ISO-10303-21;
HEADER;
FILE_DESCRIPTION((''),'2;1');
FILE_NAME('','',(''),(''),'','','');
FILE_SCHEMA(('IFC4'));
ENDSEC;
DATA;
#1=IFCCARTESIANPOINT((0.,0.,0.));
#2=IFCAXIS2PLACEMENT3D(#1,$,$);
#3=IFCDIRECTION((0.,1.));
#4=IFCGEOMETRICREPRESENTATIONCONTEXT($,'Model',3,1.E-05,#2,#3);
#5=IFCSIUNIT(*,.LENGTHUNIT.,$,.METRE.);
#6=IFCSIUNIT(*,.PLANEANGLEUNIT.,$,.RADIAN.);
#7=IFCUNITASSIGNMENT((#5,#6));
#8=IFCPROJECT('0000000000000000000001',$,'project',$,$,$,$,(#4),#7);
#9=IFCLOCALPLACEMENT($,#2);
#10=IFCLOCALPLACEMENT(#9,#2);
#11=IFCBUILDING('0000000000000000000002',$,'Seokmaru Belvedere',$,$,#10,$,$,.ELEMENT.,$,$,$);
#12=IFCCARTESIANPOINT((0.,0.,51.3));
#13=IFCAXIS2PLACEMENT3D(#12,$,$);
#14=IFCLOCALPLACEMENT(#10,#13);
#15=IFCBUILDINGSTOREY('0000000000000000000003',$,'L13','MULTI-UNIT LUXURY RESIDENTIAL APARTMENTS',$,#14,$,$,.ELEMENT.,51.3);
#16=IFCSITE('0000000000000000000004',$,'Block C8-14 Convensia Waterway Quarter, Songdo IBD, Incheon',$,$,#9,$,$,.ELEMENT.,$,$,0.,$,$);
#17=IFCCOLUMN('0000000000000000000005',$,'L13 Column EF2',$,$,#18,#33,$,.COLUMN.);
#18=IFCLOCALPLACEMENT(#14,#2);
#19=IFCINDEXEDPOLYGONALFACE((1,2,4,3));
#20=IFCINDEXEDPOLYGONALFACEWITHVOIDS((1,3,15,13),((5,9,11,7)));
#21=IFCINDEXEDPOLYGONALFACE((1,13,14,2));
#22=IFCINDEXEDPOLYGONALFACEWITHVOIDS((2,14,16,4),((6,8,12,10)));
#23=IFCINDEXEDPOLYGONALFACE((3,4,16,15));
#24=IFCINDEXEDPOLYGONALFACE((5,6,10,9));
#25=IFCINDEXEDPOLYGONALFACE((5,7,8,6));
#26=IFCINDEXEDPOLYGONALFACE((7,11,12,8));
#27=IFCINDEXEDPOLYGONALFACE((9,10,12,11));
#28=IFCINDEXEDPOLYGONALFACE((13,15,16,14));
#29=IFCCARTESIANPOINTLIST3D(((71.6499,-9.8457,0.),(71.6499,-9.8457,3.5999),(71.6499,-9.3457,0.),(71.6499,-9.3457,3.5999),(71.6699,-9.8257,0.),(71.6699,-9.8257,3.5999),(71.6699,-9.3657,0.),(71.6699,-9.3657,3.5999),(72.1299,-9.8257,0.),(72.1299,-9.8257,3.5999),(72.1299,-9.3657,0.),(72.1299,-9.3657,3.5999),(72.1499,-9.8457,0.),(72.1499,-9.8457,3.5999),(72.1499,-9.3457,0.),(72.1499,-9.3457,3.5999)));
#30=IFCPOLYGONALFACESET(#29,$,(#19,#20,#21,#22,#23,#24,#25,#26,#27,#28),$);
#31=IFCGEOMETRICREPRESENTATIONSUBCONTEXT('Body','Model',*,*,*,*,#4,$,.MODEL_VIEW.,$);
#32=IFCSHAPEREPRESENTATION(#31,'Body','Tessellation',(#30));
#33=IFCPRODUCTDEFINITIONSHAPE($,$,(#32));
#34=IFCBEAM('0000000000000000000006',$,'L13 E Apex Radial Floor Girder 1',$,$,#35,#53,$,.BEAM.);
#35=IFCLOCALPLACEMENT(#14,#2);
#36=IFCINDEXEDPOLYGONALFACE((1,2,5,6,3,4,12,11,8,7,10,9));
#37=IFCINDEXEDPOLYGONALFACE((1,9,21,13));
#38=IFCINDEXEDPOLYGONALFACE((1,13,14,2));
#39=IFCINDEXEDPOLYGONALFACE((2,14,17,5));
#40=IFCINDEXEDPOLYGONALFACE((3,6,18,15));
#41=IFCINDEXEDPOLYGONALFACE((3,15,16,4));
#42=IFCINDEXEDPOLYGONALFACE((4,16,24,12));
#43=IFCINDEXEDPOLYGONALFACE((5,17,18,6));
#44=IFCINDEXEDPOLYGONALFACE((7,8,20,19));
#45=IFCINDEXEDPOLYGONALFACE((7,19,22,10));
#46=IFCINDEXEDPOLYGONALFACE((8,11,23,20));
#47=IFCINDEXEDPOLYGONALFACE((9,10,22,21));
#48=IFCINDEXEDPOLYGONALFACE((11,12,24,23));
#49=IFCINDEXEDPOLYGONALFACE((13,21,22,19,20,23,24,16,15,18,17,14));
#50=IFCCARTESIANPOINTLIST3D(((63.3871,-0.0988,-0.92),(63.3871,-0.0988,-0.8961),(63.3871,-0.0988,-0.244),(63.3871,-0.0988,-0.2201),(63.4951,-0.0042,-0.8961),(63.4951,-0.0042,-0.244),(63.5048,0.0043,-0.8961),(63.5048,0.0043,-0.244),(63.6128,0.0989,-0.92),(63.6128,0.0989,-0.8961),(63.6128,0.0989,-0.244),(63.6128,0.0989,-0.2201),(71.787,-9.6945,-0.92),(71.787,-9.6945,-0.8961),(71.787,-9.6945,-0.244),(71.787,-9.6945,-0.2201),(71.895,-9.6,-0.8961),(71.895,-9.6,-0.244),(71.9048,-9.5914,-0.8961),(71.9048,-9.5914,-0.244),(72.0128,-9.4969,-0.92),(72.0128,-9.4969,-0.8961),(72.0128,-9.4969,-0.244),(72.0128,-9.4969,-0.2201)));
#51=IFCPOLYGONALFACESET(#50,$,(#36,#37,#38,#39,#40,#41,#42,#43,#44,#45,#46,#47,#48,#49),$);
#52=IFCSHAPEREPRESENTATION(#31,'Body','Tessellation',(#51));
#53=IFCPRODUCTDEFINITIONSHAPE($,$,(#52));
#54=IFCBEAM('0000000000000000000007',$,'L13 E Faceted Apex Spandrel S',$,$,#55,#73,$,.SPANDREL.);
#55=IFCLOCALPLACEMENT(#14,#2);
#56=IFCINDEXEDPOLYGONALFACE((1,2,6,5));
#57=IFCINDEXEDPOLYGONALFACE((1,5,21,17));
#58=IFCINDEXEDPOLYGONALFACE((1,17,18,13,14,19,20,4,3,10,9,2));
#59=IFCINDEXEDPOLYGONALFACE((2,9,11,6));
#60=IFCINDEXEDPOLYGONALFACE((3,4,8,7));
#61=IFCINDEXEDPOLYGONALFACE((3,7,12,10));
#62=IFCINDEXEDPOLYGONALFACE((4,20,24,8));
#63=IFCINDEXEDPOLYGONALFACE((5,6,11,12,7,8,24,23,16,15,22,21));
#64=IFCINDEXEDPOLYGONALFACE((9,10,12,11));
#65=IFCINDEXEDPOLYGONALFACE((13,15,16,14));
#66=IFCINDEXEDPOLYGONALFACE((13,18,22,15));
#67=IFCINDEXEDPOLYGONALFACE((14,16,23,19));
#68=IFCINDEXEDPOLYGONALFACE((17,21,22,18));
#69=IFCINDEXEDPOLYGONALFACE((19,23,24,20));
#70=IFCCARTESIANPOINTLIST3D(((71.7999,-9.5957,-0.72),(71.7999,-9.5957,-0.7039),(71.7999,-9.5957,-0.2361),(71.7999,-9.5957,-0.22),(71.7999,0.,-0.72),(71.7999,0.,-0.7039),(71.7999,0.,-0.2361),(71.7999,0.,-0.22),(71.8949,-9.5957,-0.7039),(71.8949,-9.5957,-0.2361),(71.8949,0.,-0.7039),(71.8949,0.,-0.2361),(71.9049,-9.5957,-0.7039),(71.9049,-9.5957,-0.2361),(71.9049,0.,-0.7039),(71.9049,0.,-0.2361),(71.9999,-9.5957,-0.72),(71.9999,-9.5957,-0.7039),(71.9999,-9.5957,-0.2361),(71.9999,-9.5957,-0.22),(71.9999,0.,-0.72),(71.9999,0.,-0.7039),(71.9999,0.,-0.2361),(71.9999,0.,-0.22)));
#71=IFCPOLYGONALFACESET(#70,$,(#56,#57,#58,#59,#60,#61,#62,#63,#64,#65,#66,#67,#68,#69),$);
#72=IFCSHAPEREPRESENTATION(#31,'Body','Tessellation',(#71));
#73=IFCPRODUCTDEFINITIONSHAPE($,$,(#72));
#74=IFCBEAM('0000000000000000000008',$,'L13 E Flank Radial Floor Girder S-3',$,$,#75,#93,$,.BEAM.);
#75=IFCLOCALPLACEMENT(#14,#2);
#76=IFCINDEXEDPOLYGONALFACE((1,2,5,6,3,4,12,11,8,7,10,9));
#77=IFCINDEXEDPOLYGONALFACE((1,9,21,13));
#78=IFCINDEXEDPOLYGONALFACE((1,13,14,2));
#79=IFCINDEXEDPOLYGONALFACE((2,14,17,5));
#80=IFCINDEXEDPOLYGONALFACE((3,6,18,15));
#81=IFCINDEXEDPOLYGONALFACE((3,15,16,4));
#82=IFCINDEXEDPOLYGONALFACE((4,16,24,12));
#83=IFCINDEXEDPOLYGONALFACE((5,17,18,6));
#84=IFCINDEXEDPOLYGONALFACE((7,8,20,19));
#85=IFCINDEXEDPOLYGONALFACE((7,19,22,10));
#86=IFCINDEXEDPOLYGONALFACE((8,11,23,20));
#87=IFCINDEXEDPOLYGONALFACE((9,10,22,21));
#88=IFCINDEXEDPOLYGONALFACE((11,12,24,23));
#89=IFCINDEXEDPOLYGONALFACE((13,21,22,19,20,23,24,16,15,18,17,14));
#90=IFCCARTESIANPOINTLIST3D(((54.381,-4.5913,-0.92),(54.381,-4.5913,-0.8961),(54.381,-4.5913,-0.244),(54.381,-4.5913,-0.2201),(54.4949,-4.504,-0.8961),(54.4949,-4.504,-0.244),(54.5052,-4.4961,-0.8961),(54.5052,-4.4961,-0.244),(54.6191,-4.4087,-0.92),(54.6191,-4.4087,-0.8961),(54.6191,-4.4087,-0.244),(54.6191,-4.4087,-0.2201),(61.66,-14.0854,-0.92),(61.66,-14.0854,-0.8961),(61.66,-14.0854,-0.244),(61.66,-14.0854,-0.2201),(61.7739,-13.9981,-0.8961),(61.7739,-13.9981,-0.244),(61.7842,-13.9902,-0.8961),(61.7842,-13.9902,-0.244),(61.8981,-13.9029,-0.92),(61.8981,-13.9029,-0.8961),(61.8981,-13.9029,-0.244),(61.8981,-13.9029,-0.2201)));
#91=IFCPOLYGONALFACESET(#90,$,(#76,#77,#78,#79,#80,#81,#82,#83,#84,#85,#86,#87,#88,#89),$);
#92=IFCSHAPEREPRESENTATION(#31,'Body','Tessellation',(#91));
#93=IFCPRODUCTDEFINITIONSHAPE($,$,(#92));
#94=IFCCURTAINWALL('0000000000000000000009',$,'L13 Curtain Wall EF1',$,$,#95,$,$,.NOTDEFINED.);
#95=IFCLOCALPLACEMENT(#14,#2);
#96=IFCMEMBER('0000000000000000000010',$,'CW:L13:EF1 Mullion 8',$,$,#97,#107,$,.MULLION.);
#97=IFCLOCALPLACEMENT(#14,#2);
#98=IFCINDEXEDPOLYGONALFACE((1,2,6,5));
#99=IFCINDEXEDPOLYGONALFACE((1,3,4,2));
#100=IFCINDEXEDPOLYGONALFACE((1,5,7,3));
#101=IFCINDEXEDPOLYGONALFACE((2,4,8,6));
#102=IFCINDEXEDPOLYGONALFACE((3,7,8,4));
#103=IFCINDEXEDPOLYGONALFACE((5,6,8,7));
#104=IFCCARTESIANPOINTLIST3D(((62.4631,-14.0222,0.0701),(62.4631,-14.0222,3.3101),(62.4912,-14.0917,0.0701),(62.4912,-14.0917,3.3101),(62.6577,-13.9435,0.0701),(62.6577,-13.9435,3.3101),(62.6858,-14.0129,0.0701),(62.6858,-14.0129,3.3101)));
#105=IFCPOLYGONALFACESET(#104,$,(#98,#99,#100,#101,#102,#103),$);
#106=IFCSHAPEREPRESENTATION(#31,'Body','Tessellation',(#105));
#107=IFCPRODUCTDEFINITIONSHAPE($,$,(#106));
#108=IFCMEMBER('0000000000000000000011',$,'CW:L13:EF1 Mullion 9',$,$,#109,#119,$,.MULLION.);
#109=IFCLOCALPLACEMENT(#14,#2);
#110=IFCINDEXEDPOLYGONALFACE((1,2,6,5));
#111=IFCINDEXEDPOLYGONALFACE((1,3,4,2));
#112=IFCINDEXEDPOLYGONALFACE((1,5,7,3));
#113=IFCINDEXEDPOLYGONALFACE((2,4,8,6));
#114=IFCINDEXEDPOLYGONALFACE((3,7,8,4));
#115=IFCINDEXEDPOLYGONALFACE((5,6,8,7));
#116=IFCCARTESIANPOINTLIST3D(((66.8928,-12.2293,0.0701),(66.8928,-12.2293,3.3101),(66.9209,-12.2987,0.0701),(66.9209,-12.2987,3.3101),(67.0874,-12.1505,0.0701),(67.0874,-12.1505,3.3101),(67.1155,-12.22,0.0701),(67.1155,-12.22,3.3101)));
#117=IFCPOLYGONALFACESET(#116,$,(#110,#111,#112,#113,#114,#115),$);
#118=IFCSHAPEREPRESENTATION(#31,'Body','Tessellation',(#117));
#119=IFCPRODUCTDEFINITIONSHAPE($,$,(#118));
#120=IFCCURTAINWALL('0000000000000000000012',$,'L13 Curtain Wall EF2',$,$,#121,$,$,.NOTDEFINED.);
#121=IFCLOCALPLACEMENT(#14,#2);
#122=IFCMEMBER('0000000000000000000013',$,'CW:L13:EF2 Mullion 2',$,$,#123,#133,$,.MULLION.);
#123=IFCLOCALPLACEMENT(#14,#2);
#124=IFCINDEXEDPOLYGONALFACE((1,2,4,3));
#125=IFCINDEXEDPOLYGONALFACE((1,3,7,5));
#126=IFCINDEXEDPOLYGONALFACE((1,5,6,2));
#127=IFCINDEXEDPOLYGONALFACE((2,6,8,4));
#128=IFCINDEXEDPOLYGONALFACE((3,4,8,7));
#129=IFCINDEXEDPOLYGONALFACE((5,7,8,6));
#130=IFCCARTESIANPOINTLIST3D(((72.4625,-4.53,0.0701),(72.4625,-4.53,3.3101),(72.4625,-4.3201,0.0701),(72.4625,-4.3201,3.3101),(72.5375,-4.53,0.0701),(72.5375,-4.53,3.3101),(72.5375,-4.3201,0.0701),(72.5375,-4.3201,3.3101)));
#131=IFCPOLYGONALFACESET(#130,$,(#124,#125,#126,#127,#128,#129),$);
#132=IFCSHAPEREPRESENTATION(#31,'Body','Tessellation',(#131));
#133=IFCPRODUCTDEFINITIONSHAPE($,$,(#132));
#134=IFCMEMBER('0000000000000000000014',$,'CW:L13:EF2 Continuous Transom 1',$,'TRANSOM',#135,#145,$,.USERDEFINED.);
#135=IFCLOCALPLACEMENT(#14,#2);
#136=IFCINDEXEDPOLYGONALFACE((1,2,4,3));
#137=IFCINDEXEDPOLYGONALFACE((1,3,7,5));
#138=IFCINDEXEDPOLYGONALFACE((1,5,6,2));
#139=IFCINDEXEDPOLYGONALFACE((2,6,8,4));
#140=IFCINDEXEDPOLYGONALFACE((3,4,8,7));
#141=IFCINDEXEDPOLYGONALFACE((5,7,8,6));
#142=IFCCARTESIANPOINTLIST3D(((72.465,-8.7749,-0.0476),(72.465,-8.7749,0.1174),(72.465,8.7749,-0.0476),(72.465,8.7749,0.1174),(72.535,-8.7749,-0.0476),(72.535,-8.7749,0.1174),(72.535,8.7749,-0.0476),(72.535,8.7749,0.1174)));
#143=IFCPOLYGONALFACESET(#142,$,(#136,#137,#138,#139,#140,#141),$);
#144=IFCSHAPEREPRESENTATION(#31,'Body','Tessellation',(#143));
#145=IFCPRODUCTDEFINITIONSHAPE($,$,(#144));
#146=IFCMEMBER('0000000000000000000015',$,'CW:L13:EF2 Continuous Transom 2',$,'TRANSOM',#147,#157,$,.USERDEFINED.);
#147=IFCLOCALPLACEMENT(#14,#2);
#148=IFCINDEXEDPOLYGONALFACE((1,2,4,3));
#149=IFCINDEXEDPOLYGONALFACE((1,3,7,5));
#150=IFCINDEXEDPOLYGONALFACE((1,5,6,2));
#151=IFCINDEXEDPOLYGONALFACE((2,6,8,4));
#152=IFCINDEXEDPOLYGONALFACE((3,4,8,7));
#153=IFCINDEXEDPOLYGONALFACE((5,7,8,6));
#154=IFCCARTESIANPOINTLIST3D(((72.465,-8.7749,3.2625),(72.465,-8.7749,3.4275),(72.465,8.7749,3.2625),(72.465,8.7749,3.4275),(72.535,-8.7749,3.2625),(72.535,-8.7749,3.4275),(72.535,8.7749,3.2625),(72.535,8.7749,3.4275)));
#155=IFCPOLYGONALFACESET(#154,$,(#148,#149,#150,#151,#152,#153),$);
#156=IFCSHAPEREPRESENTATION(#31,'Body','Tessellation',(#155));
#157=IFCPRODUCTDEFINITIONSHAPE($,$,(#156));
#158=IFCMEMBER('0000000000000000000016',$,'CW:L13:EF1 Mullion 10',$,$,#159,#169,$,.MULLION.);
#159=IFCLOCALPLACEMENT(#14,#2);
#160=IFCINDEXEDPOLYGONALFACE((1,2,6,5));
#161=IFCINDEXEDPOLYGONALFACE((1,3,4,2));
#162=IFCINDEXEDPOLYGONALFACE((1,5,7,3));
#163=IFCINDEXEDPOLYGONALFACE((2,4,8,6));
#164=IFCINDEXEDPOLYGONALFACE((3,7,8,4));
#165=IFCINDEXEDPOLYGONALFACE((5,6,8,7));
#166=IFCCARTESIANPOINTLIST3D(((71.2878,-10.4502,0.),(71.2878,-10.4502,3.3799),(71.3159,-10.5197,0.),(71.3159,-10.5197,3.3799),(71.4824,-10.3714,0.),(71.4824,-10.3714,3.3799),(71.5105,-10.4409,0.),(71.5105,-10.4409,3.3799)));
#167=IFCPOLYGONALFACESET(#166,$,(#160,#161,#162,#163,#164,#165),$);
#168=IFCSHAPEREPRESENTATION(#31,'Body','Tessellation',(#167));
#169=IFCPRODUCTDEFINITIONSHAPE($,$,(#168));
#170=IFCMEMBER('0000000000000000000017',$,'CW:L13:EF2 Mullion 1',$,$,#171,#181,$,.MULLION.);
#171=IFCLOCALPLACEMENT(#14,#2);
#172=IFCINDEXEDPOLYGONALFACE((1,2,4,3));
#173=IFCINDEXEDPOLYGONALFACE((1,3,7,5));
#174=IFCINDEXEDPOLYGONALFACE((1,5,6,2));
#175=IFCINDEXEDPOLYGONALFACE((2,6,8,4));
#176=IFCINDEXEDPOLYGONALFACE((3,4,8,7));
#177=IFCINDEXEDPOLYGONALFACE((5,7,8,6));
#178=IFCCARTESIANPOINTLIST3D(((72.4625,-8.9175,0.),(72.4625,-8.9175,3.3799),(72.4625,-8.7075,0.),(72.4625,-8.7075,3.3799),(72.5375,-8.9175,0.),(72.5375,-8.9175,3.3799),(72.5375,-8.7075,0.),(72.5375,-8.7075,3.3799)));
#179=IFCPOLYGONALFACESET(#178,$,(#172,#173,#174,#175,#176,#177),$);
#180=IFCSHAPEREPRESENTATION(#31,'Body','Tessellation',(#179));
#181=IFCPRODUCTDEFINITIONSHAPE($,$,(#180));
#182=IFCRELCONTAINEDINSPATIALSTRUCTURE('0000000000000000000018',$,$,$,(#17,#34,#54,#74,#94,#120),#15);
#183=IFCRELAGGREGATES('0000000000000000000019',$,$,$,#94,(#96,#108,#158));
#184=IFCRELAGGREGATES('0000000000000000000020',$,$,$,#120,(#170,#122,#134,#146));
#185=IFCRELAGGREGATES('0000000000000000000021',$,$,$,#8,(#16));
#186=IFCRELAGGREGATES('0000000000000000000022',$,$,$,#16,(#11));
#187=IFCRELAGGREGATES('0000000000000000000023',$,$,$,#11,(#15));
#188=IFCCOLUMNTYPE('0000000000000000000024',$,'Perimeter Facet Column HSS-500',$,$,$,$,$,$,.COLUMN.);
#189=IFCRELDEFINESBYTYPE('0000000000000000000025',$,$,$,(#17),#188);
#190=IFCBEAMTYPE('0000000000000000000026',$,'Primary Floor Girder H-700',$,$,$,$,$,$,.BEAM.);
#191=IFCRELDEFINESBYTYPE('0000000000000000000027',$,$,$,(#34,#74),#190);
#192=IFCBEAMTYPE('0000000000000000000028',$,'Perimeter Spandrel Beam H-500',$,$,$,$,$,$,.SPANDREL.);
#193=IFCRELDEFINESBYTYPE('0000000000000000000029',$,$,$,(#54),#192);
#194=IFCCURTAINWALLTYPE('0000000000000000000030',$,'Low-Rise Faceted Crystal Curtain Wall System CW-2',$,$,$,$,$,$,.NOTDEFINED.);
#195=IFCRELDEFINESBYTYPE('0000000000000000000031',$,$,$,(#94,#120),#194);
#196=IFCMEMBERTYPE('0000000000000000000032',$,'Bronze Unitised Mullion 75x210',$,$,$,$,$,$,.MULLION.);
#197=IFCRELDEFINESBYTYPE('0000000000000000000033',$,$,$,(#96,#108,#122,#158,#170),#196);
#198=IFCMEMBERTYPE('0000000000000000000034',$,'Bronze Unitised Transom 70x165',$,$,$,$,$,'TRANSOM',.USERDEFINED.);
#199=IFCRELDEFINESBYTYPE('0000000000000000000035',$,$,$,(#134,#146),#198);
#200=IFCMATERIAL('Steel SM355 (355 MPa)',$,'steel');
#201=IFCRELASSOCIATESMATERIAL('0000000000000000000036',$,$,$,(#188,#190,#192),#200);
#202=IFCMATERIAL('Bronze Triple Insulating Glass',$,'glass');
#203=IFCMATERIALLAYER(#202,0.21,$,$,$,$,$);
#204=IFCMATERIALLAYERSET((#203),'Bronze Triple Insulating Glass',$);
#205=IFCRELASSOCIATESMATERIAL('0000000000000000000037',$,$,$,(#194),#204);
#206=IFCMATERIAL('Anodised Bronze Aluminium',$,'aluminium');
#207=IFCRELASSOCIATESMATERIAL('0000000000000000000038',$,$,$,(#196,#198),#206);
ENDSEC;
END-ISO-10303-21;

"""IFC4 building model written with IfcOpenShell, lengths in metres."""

from ifc_helpers import new_model, si_unit, direction, frame, origin, origin_2d, place, context, subcontext, project, spatial, rectangle, hollow_rectangle, i_section, extrude, source, transform, mapped, material, layer, layer_set, material_profile, profile_set, type_object, type_shapes, element, aggregate, save


model = new_model("IFC4")

# Units and contexts
model_context = context("Model", 3, precision=1e-05, world=origin(), true_north=direction((0.0, 1.0)))
body_context = subcontext(model_context, "Body", "Model", "MODEL_VIEW")
ifc_project = project(units=[si_unit("LENGTHUNIT", "METRE"), si_unit("PLANEANGLEUNIT", "RADIAN")], contexts=[model_context])

# Site, building, storey
site_placement = place(None, origin())
site = spatial("IfcSite", under=ifc_project, at=site_placement, Name="Block C8-14 Convensia Waterway Quarter, Songdo IBD, Incheon", CompositionType="ELEMENT", RefElevation=0.0)
building_placement = place(site_placement, origin())
building = spatial("IfcBuilding", under=site, at=building_placement, Name="Seokmaru Belvedere", CompositionType="ELEMENT")
storey_placement = place(building_placement, frame((0.0, 0.0, 51.3)))
storey = spatial("IfcBuildingStorey", under=building, at=storey_placement, Name="L13", Description="MULTI-UNIT LUXURY RESIDENTIAL APARTMENTS", CompositionType="ELEMENT", Elevation=51.3)

# Column
ifc_material_1 = material(Name="Steel SM355 (355 MPa)", Category="steel")
ifc_material_profile_1 = material_profile(ifc_material_1, hollow_rectangle(XDim=0.5, YDim=0.5, WallThickness=0.02, at=origin_2d()), Name="HSS-500x500x20")
ifc_profile_set_1 = profile_set([ifc_material_profile_1], Name="Steel SM355 (355 MPa)")
column_type = type_object("IfcColumnType", Name="Perimeter Facet Column HSS-500", PredefinedType="COLUMN", material=ifc_profile_set_1)
shared_shape_1 = source(origin(), body_context, "Body", "SweptSolid", [
    extrude(hollow_rectangle(XDim=0.5, YDim=0.5, WallThickness=0.02, at=origin_2d()), origin(), (0.0, 0.0, 1.0), 3.5999),
])
type_shapes(column_type, [shared_shape_1])
column_placement = place(storey_placement, frame((71.8999, -9.5957, 0.0), z_axis=(0.0, 0.0, 1.0), x_axis=(1.0, 0.0, 0.0)))
element("IfcColumn", 1, at=column_placement, inside=storey, type_object=column_type, Name="L13 Column EF2", PredefinedType="COLUMN", context=body_context, shape_type="MappedRepresentation", body=[
    mapped(shared_shape_1, transform((0.0, 0.0, 0.0), scale=1.0)),
])

# Beams
ifc_material_profile_2 = material_profile(ifc_material_1, i_section(OverallWidth=0.3, OverallDepth=0.7, WebThickness=0.0129, FlangeThickness=0.0239, at=origin_2d()), Name="H-700x300x13x24")
ifc_profile_set_2 = profile_set([ifc_material_profile_2], Name="Steel SM355 (355 MPa)")
beam_type_1 = type_object("IfcBeamType", Name="Primary Floor Girder H-700", PredefinedType="BEAM", material=ifc_profile_set_2)
shared_shape_2 = source(origin(), body_context, "Body", "SweptSolid", [
    extrude(i_section(OverallWidth=0.3, OverallDepth=0.7, WebThickness=0.0129, FlangeThickness=0.0239, at=origin_2d()), origin(), (0.0, 0.0, 1.0), 12.7529),
])
beam_1_placement = place(storey_placement, frame((71.8999, -9.5957, -0.5701), z_axis=(-0.658667, 0.752434, 0.0), x_axis=(-0.752434, -0.658667, 0.0)))
element("IfcBeam", 2, at=beam_1_placement, inside=storey, type_object=beam_type_1, Name="L13 E Apex Radial Floor Girder 1", PredefinedType="BEAM", context=body_context, shape_type="MappedRepresentation", body=[
    mapped(shared_shape_2, transform((0.0, 0.0, 0.0), scale=1.0)),
])
ifc_material_profile_3 = material_profile(ifc_material_1, i_section(OverallWidth=0.2, OverallDepth=0.5, WebThickness=0.01, FlangeThickness=0.0161, at=origin_2d()), Name="H-500x200x10x16")
ifc_profile_set_3 = profile_set([ifc_material_profile_3], Name="Steel SM355 (355 MPa)")
beam_type_2 = type_object("IfcBeamType", Name="Perimeter Spandrel Beam H-500", PredefinedType="SPANDREL", material=ifc_profile_set_3)
shared_shape_3 = source(origin(), body_context, "Body", "SweptSolid", [
    extrude(i_section(OverallWidth=0.2, OverallDepth=0.5, WebThickness=0.01, FlangeThickness=0.0161, at=origin_2d()), origin(), (0.0, 0.0, 1.0), 9.5957),
])
type_shapes(beam_type_2, [shared_shape_3])
beam_2_placement = place(storey_placement, frame((71.8999, -9.5957, -0.47), z_axis=(0.0, 1.0, 0.0), x_axis=(-1.0, 0.0, 0.0)))
element("IfcBeam", 3, at=beam_2_placement, inside=storey, type_object=beam_type_2, Name="L13 E Faceted Apex Spandrel S", PredefinedType="SPANDREL", context=body_context, shape_type="MappedRepresentation", body=[
    mapped(shared_shape_3, transform((0.0, 0.0, 0.0), scale=1.0)),
])
shared_shape_4 = source(origin(), body_context, "Body", "SweptSolid", [
    extrude(i_section(OverallWidth=0.3, OverallDepth=0.7, WebThickness=0.0129, FlangeThickness=0.0239, at=origin_2d()), origin(), (0.0, 0.0, 1.0), 11.9634),
])
type_shapes(beam_type_1, [shared_shape_2, shared_shape_4])
beam_3_placement = place(storey_placement, frame((61.7791, -13.9941, -0.5701), z_axis=(-0.608443, 0.793598, 0.0), x_axis=(-0.793598, -0.608443, 0.0)))
element("IfcBeam", 4, at=beam_3_placement, inside=storey, type_object=beam_type_1, Name="L13 E Flank Radial Floor Girder S-3", PredefinedType="BEAM", context=body_context, shape_type="MappedRepresentation", body=[
    mapped(shared_shape_4, transform((0.0, 0.0, 0.0), scale=1.0)),
])

# Curtain walls, members
ifc_material_2 = material(Name="Bronze Triple Insulating Glass", Category="glass")
ifc_layer_1 = layer(ifc_material_2, 0.21)
ifc_layer_set_1 = layer_set([ifc_layer_1], Name="Bronze Triple Insulating Glass")
curtain_wall_type = type_object("IfcCurtainWallType", Name="Low-Rise Faceted Crystal Curtain Wall System CW-2", PredefinedType="NOTDEFINED", material=ifc_layer_set_1)
curtain_wall_1_placement = place(storey_placement, origin())
curtain_wall_1 = element("IfcCurtainWall", 5, at=curtain_wall_1_placement, inside=storey, type_object=curtain_wall_type, Name="L13 Curtain Wall EF1", PredefinedType="NOTDEFINED")
ifc_material_3 = material(Name="Anodised Bronze Aluminium", Category="aluminium")
ifc_material_profile_4 = material_profile(ifc_material_3, rectangle(XDim=0.075, YDim=0.21, at=origin_2d()), Name="CW-M-75x210")
ifc_profile_set_4 = profile_set([ifc_material_profile_4], Name="Anodised Bronze Aluminium")
member_type_1 = type_object("IfcMemberType", Name="Bronze Unitised Mullion 75x210", PredefinedType="MULLION", material=ifc_profile_set_4)
shared_shape_5 = source(origin(), body_context, "Body", "SweptSolid", [
    extrude(rectangle(XDim=0.075, YDim=0.21, at=origin_2d()), origin(), (0.0, 0.0, 1.0), 3.24),
])
member_1_placement = place(storey_placement, frame((62.5745, -14.0176, 0.0701), z_axis=(0.0, 0.0, 1.0), x_axis=(-0.375192, 0.926947, 0.0)))
member_1 = element("IfcMember", 6, at=member_1_placement, type_object=member_type_1, Name="CW:L13:EF1 Mullion 8", PredefinedType="MULLION", context=body_context, shape_type="MappedRepresentation", body=[
    mapped(shared_shape_5, transform((0.0, 0.0, 0.0), scale=1.0)),
])
member_2_placement = place(storey_placement, frame((67.0042, -12.2246, 0.0701), z_axis=(0.0, 0.0, 1.0), x_axis=(-0.375192, 0.926947, 0.0)))
member_2 = element("IfcMember", 7, at=member_2_placement, type_object=member_type_1, Name="CW:L13:EF1 Mullion 9", PredefinedType="MULLION", context=body_context, shape_type="MappedRepresentation", body=[
    mapped(shared_shape_5, transform((0.0, 0.0, 0.0), scale=1.0)),
])
curtain_wall_2_placement = place(storey_placement, origin())
curtain_wall_2 = element("IfcCurtainWall", 8, at=curtain_wall_2_placement, inside=storey, type_object=curtain_wall_type, Name="L13 Curtain Wall EF2", PredefinedType="NOTDEFINED")
member_3_placement = place(storey_placement, frame((72.5, -4.425, 0.0701), z_axis=(0.0, 0.0, 1.0), x_axis=(-1.0, 0.0, 0.0)))
member_3 = element("IfcMember", 9, at=member_3_placement, type_object=member_type_1, Name="CW:L13:EF2 Mullion 2", PredefinedType="MULLION", context=body_context, shape_type="MappedRepresentation", body=[
    mapped(shared_shape_5, transform((0.0, 0.0, 0.0), scale=1.0)),
])
ifc_material_profile_5 = material_profile(ifc_material_3, rectangle(XDim=0.0701, YDim=0.165, at=origin_2d()), Name="CW-T-70x165")
ifc_profile_set_5 = profile_set([ifc_material_profile_5], Name="Anodised Bronze Aluminium")
member_type_2 = type_object("IfcMemberType", Name="Bronze Unitised Transom 70x165", ElementType="TRANSOM", PredefinedType="USERDEFINED", material=ifc_profile_set_5)
shared_shape_6 = source(origin(), body_context, "Body", "SweptSolid", [
    extrude(rectangle(XDim=0.0701, YDim=0.165, at=origin_2d()), origin(), (0.0, 0.0, 1.0), 17.5498),
])
type_shapes(member_type_2, [shared_shape_6])
member_4_placement = place(storey_placement, frame((72.5, -8.7749, 0.0349), z_axis=(0.0, 1.0, 0.0), x_axis=(-1.0, 0.0, 0.0)))
member_4 = element("IfcMember", 10, at=member_4_placement, type_object=member_type_2, Name="CW:L13:EF2 Continuous Transom 1", ObjectType="TRANSOM", PredefinedType="USERDEFINED", context=body_context, shape_type="MappedRepresentation", body=[
    mapped(shared_shape_6, transform((0.0, 0.0, 0.0), scale=1.0)),
])
member_5_placement = place(storey_placement, frame((72.5, -8.7749, 3.345), z_axis=(0.0, 1.0, 0.0), x_axis=(-1.0, 0.0, 0.0)))
member_5 = element("IfcMember", 11, at=member_5_placement, type_object=member_type_2, Name="CW:L13:EF2 Continuous Transom 2", ObjectType="TRANSOM", PredefinedType="USERDEFINED", context=body_context, shape_type="MappedRepresentation", body=[
    mapped(shared_shape_6, transform((0.0, 0.0, 0.0), scale=1.0)),
])

# Members
shared_shape_7 = source(origin(), body_context, "Body", "SweptSolid", [
    extrude(rectangle(XDim=0.075, YDim=0.21, at=origin_2d()), origin(), (0.0, 0.0, 1.0), 3.3799),
])
type_shapes(member_type_1, [shared_shape_5, shared_shape_7])
member_6_placement = place(storey_placement, frame((71.3992, -10.4456, 0.0), z_axis=(0.0, 0.0, 1.0), x_axis=(-0.375192, 0.926947, 0.0)))
member_6 = element("IfcMember", 12, at=member_6_placement, type_object=member_type_1, Name="CW:L13:EF1 Mullion 10", PredefinedType="MULLION", context=body_context, shape_type="MappedRepresentation", body=[
    mapped(shared_shape_7, transform((0.0, 0.0, 0.0), scale=1.0)),
])
member_7_placement = place(storey_placement, frame((72.5, -8.8125, 0.0), z_axis=(0.0, 0.0, 1.0), x_axis=(-1.0, 0.0, 0.0)))
member_7 = element("IfcMember", 13, at=member_7_placement, type_object=member_type_1, Name="CW:L13:EF2 Mullion 1", PredefinedType="MULLION", context=body_context, shape_type="MappedRepresentation", body=[
    mapped(shared_shape_7, transform((0.0, 0.0, 0.0), scale=1.0)),
])

aggregate(curtain_wall_1, [member_1, member_2, member_6])
aggregate(curtain_wall_2, [member_7, member_3, member_4, member_5])

save(model, "model.ifc")
